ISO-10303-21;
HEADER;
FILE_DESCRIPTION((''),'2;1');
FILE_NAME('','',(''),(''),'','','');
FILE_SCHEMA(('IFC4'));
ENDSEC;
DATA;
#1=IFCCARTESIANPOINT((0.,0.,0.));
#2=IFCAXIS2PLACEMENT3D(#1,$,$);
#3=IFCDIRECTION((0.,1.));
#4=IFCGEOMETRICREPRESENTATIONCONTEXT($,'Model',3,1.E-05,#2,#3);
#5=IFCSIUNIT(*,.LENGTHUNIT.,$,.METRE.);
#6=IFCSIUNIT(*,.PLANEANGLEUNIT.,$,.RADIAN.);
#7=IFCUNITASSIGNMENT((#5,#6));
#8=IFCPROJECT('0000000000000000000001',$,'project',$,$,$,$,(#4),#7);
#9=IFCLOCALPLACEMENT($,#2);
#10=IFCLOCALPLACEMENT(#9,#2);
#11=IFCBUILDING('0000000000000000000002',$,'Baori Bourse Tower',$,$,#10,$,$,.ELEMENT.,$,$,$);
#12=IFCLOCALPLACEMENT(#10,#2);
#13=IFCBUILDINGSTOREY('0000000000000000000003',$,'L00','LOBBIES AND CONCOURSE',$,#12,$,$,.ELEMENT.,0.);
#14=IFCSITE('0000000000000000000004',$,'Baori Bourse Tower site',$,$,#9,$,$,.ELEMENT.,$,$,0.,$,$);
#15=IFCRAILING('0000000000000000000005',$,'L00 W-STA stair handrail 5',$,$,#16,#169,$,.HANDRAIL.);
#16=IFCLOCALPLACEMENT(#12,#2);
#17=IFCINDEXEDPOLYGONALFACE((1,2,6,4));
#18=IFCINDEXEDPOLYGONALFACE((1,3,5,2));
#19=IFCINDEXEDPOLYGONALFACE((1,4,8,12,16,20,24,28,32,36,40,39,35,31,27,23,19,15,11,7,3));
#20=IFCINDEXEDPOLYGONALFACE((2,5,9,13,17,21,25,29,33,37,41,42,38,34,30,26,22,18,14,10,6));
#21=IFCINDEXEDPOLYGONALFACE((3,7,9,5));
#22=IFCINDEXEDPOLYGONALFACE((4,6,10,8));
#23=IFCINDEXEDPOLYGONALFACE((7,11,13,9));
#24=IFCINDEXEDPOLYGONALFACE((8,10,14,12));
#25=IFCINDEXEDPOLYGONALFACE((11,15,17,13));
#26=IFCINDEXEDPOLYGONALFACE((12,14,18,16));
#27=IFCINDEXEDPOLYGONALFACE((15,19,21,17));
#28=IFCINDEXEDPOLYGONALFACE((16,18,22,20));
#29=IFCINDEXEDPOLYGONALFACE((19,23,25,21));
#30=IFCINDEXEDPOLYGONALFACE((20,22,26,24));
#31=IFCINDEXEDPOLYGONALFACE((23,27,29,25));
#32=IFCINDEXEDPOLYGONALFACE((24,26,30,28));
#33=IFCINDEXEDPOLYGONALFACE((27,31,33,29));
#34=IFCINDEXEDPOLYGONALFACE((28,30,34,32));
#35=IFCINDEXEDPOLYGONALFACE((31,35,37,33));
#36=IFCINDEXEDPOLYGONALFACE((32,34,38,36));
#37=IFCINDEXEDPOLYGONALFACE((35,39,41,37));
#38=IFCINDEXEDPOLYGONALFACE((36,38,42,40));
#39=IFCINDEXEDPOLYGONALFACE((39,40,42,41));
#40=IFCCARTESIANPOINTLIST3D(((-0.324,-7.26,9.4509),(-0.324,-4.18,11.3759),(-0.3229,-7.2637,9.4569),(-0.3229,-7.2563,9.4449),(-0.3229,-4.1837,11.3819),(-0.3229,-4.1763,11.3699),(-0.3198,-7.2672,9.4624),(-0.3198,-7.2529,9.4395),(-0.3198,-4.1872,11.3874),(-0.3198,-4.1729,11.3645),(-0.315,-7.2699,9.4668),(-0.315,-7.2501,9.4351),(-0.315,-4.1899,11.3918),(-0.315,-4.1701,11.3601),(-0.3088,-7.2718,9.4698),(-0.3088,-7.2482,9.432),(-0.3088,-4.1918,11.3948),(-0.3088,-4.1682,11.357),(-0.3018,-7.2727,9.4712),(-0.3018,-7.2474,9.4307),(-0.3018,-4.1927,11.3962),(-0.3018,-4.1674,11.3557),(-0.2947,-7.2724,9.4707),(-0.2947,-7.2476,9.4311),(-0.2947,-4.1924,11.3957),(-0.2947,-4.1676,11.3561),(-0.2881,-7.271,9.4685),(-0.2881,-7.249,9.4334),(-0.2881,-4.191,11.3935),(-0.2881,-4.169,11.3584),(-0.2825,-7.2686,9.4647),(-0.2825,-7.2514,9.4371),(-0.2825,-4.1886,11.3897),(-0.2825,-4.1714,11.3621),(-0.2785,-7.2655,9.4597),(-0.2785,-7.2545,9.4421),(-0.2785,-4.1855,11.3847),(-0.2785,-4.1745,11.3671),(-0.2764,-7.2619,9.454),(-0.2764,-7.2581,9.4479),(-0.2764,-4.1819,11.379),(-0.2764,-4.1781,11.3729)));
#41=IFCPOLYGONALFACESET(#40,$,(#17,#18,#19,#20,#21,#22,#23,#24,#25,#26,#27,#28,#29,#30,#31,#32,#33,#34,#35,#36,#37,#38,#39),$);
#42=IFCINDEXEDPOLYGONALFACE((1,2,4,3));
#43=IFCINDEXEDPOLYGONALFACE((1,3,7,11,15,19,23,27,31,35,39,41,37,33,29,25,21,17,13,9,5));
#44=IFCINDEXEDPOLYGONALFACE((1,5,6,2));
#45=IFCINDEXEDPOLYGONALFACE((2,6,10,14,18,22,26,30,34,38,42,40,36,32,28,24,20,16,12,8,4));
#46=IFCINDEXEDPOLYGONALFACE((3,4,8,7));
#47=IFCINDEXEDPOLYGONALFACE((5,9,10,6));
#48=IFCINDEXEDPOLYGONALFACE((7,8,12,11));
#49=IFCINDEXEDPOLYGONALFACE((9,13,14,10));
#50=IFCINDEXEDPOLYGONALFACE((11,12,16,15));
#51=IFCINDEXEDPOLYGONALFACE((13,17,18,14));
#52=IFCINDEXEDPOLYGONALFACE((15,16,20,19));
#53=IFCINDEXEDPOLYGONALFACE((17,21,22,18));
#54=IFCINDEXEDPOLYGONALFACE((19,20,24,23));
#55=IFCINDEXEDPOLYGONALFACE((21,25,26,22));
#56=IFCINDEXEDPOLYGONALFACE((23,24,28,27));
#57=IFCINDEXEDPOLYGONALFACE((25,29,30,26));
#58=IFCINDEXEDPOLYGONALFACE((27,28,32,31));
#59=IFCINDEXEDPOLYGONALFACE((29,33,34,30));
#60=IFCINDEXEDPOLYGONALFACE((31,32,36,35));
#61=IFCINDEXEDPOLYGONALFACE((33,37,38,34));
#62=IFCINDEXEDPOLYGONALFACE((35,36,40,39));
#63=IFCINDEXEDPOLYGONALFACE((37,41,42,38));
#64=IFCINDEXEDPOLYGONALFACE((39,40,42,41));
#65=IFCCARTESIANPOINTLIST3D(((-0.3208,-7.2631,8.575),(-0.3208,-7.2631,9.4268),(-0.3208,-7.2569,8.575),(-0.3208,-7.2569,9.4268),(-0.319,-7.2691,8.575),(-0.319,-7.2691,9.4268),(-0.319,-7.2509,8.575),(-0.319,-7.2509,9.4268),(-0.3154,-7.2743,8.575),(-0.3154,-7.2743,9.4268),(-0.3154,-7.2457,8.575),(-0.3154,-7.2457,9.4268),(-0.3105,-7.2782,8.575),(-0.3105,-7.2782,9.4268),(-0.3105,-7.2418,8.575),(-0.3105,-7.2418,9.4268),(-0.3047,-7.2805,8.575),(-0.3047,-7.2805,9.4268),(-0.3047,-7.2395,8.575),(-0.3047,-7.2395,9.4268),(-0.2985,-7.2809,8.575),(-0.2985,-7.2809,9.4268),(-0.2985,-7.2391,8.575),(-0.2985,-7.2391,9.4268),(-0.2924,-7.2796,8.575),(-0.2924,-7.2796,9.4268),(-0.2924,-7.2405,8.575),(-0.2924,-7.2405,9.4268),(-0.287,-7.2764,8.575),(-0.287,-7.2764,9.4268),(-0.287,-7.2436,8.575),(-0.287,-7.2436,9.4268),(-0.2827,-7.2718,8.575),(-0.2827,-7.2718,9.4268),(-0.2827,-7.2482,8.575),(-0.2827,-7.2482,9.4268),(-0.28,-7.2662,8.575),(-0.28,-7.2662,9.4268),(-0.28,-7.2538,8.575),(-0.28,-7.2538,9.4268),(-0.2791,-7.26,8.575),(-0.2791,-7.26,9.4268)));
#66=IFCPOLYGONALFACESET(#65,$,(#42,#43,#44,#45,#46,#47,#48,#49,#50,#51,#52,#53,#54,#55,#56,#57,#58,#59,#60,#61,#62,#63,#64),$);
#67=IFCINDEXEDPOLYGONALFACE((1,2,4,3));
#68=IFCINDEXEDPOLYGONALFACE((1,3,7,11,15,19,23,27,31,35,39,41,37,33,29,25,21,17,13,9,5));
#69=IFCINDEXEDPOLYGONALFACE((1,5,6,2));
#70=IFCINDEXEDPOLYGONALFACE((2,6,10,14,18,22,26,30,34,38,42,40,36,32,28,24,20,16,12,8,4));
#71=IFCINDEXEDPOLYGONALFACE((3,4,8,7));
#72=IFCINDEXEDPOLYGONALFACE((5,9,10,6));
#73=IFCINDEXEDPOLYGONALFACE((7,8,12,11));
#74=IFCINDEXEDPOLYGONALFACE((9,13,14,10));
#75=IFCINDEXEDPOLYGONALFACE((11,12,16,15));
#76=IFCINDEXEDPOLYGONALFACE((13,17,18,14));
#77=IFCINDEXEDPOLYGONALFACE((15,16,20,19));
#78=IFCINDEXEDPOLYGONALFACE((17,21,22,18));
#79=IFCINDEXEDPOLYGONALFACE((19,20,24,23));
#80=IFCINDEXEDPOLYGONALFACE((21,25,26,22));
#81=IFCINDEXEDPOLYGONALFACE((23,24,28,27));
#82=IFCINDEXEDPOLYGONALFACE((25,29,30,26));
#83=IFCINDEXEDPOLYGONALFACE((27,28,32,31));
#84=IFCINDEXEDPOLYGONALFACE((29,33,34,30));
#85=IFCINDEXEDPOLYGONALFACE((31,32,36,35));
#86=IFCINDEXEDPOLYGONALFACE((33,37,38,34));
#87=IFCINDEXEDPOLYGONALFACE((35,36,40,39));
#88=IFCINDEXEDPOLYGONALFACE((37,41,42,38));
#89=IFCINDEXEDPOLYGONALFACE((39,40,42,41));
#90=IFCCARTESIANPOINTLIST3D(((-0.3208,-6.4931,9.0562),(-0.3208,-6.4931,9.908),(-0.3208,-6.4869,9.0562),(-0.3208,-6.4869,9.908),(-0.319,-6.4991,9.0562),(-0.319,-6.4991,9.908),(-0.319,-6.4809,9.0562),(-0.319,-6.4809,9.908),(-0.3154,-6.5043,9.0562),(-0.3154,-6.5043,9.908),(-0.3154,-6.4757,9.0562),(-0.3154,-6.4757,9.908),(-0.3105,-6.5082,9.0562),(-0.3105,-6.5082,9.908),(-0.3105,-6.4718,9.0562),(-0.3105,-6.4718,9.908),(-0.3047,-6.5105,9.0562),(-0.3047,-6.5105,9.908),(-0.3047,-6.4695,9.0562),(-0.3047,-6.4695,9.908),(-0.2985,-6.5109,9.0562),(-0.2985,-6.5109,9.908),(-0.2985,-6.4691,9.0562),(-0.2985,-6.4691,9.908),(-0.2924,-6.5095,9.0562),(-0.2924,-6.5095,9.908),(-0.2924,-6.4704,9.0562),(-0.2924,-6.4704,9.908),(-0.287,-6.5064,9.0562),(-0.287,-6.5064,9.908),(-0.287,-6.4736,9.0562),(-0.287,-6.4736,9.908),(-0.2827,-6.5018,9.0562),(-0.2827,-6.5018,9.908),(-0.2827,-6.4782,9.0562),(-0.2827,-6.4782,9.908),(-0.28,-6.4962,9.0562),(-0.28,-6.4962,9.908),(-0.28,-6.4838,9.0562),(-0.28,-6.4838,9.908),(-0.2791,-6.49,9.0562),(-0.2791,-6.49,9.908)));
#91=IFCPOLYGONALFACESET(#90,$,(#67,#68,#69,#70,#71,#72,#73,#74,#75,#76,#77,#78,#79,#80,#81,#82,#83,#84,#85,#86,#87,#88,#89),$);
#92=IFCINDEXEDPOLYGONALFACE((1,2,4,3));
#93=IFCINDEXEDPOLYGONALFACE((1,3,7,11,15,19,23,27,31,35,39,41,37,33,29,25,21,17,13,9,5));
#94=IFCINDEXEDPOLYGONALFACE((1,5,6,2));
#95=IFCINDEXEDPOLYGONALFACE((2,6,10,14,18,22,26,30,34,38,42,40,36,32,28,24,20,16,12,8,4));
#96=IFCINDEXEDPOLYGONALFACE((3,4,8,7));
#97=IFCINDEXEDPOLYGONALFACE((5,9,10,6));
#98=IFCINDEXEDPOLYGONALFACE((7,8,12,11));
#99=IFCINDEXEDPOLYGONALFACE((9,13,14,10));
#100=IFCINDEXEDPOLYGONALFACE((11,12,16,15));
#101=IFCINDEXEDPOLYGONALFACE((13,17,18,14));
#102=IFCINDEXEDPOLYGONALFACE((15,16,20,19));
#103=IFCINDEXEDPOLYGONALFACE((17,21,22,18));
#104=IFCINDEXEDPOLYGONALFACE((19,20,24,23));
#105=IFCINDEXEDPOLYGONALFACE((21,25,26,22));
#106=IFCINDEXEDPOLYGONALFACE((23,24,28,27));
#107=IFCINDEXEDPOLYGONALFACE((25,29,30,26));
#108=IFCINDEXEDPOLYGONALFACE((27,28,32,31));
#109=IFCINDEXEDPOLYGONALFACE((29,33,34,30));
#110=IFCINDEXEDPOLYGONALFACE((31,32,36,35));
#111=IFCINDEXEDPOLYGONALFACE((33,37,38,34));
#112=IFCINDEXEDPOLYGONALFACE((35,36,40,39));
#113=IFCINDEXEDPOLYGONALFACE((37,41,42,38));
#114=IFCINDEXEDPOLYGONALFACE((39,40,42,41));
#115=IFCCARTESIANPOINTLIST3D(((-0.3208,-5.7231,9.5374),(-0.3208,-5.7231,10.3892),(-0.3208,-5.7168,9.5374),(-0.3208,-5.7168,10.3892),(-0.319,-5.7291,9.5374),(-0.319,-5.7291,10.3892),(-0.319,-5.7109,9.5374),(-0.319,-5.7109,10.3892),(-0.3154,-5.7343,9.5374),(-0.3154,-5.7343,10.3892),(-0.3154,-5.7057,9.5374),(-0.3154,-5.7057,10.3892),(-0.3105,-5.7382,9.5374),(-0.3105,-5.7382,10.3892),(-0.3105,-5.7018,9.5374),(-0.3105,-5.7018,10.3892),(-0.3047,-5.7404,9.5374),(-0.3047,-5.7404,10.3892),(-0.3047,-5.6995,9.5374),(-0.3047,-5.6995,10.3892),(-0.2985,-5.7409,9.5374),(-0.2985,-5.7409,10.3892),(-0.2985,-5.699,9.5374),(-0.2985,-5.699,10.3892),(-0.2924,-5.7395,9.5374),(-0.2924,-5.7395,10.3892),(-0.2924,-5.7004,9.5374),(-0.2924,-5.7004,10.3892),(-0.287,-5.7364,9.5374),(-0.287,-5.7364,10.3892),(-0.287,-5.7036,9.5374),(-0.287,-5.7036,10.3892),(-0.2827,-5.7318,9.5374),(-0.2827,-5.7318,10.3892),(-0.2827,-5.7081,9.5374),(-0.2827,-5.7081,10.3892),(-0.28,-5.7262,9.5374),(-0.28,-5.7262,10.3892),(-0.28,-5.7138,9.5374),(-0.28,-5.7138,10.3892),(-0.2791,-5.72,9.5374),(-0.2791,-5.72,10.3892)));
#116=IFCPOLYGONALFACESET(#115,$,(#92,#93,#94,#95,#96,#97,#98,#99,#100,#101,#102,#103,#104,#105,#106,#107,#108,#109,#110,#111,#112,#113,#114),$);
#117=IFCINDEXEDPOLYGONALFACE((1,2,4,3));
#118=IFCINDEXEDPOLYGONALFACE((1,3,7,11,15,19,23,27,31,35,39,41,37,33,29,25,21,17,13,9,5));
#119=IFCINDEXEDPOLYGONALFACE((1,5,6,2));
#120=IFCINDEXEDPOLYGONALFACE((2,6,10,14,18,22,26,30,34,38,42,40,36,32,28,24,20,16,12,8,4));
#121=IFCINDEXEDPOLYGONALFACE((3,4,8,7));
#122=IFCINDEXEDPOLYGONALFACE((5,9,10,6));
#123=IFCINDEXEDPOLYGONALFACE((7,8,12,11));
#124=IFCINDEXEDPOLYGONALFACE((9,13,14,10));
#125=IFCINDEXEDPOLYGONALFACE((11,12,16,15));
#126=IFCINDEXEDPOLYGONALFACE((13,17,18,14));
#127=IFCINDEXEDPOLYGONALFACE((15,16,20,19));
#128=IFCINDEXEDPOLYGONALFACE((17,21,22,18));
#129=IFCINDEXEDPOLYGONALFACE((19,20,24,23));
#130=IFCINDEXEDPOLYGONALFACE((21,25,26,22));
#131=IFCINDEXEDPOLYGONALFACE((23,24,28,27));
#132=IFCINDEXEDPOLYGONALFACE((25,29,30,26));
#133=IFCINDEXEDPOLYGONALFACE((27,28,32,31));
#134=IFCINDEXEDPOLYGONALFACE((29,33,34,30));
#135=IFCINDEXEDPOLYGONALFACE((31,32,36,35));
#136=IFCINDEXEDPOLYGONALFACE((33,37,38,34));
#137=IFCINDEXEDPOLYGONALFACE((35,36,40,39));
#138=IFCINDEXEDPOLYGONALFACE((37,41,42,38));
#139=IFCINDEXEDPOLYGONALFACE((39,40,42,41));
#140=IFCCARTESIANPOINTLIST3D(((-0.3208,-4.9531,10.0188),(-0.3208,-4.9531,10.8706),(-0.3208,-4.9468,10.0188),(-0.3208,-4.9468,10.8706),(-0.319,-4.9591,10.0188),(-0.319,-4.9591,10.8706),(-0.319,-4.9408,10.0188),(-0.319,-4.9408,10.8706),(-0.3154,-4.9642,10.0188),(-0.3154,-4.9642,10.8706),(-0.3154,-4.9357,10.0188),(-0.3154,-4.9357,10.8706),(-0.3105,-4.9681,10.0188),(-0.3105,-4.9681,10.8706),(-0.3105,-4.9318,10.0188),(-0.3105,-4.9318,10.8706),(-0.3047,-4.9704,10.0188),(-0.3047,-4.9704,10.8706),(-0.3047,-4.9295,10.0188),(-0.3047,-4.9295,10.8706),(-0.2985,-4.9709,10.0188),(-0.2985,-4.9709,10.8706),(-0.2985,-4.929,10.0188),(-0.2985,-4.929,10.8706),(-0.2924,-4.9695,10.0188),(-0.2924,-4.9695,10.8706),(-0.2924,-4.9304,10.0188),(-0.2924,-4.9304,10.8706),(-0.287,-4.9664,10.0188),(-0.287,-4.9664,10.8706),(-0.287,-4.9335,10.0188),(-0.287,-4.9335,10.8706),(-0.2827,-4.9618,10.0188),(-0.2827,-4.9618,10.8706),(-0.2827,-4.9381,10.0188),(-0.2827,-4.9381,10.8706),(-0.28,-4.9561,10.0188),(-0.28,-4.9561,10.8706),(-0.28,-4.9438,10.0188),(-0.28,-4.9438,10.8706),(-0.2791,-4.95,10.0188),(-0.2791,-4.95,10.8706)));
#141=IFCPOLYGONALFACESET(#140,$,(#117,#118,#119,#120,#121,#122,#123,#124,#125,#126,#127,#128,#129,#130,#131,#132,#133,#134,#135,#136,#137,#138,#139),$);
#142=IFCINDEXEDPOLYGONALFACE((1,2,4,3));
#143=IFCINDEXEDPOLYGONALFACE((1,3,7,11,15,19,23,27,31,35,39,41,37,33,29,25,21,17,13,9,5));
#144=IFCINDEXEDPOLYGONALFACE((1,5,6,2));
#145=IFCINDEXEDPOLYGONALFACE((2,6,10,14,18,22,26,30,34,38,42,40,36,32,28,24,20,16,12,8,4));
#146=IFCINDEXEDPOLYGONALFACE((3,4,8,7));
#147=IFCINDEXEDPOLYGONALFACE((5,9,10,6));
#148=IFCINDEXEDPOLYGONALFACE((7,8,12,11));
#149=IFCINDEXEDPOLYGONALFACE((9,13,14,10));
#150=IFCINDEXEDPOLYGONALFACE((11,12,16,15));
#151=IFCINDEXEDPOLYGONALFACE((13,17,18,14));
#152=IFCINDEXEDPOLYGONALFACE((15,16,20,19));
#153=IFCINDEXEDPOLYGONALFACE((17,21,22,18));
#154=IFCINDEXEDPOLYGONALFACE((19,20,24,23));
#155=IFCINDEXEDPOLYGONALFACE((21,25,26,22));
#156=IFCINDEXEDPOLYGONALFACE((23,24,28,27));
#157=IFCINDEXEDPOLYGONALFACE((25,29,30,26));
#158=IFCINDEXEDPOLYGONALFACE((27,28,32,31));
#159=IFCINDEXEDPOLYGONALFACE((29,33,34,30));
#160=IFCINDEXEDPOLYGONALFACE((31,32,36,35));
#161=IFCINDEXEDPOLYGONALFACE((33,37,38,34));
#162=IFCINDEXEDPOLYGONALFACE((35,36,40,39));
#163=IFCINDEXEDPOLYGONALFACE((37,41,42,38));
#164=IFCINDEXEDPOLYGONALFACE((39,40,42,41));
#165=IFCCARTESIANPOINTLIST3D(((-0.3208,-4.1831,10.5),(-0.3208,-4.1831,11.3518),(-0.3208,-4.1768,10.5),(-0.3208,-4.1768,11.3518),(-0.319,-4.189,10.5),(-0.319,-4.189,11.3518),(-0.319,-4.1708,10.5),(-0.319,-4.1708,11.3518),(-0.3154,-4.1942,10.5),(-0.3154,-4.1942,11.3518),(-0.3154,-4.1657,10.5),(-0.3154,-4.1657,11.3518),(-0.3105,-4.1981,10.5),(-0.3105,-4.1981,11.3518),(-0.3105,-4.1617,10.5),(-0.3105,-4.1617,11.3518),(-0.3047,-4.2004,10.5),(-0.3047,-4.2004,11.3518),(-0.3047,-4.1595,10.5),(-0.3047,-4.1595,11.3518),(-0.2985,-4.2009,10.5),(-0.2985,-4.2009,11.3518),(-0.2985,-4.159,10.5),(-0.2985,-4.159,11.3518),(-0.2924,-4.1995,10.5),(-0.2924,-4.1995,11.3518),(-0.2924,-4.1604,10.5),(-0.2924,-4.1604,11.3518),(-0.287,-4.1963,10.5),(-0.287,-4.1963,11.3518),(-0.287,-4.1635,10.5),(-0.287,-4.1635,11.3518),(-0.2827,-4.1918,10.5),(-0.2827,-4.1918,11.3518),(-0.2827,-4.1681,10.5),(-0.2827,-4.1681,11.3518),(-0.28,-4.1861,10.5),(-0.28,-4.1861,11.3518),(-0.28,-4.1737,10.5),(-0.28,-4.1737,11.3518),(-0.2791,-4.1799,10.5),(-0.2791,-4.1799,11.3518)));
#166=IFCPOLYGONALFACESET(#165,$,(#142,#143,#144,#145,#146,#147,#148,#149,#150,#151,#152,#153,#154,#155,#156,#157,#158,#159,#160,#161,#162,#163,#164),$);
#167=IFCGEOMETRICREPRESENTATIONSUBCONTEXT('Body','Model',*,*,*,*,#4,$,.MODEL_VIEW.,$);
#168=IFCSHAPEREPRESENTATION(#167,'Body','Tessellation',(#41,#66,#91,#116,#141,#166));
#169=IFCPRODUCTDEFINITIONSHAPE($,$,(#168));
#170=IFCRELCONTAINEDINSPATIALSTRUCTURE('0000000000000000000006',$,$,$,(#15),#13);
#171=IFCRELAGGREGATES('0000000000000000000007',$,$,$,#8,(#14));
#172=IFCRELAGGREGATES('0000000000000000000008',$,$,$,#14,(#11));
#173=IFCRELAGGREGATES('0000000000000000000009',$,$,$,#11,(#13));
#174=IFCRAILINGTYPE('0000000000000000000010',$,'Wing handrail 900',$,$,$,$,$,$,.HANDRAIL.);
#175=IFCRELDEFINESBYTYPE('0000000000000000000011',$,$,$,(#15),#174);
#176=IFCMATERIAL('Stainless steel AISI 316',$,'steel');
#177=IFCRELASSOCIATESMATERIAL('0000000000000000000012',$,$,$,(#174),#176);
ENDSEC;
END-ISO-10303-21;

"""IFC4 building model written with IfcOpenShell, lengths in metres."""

from ifc_helpers import new_model, si_unit, direction, frame, origin, origin_2d, place, context, subcontext, project, spatial, circle, extrude, material, type_object, element, save


model = new_model("IFC4")

# Units and contexts
model_context = context("Model", 3, precision=1e-05, world=origin(), true_north=direction((0.0, 1.0)))
body_context = subcontext(model_context, "Body", "Model", "MODEL_VIEW")
ifc_project = project(units=[si_unit("LENGTHUNIT", "METRE"), si_unit("PLANEANGLEUNIT", "RADIAN")], contexts=[model_context])

# Site, building, storey
site_placement = place(None, origin())
site = spatial("IfcSite", under=ifc_project, at=site_placement, Name="Baori Bourse Tower site", CompositionType="ELEMENT", RefElevation=0.0)
building_placement = place(site_placement, origin())
building = spatial("IfcBuilding", under=site, at=building_placement, Name="Baori Bourse Tower", CompositionType="ELEMENT")
storey_placement = place(building_placement, origin())
storey = spatial("IfcBuildingStorey", under=building, at=storey_placement, Name="L00", Description="LOBBIES AND CONCOURSE", CompositionType="ELEMENT", Elevation=0.0)

# Railing
ifc_material_1 = material(Name="Stainless steel AISI 316", Category="steel")
railing_type_1 = type_object("IfcRailingType", Name="Wing handrail 900", PredefinedType="HANDRAIL", material=ifc_material_1)
for number, where, name in (
    (1, (-0.3, -7.26, 8.575), "L00 W-STA stair handrail 5"),
):
    element("IfcRailing", number, at=place(storey_placement, frame(where)), inside=storey, type_object=railing_type_1, Name=name, PredefinedType="HANDRAIL", context=body_context, shape_type="SweptSolid", body=[
        extrude(circle(Radius=0.0239, at=origin_2d()), frame((0.0, 0.0, 0.876), z_axis=(0.0, 0.847998, 0.529999), x_axis=(-1.0, 0.0, 0.0)), (0.0, 0.0, 1.0), 3.6321),
        extrude(circle(Radius=0.021, at=origin_2d()), origin(), (0.0, 0.0, 1.0), 0.8518),
        extrude(circle(Radius=0.021, at=origin_2d()), frame((0.0, 0.77, 0.4812)), (0.0, 0.0, 1.0), 0.8518),
        extrude(circle(Radius=0.021, at=origin_2d()), frame((0.0, 1.54, 0.9624)), (0.0, 0.0, 1.0), 0.8518),
        extrude(circle(Radius=0.021, at=origin_2d()), frame((0.0, 2.3101, 1.4438)), (0.0, 0.0, 1.0), 0.8518),
        extrude(circle(Radius=0.021, at=origin_2d()), frame((0.0, 3.0801, 1.925)), (0.0, 0.0, 1.0), 0.8518),
    ])

save(model, "model.ifc")
